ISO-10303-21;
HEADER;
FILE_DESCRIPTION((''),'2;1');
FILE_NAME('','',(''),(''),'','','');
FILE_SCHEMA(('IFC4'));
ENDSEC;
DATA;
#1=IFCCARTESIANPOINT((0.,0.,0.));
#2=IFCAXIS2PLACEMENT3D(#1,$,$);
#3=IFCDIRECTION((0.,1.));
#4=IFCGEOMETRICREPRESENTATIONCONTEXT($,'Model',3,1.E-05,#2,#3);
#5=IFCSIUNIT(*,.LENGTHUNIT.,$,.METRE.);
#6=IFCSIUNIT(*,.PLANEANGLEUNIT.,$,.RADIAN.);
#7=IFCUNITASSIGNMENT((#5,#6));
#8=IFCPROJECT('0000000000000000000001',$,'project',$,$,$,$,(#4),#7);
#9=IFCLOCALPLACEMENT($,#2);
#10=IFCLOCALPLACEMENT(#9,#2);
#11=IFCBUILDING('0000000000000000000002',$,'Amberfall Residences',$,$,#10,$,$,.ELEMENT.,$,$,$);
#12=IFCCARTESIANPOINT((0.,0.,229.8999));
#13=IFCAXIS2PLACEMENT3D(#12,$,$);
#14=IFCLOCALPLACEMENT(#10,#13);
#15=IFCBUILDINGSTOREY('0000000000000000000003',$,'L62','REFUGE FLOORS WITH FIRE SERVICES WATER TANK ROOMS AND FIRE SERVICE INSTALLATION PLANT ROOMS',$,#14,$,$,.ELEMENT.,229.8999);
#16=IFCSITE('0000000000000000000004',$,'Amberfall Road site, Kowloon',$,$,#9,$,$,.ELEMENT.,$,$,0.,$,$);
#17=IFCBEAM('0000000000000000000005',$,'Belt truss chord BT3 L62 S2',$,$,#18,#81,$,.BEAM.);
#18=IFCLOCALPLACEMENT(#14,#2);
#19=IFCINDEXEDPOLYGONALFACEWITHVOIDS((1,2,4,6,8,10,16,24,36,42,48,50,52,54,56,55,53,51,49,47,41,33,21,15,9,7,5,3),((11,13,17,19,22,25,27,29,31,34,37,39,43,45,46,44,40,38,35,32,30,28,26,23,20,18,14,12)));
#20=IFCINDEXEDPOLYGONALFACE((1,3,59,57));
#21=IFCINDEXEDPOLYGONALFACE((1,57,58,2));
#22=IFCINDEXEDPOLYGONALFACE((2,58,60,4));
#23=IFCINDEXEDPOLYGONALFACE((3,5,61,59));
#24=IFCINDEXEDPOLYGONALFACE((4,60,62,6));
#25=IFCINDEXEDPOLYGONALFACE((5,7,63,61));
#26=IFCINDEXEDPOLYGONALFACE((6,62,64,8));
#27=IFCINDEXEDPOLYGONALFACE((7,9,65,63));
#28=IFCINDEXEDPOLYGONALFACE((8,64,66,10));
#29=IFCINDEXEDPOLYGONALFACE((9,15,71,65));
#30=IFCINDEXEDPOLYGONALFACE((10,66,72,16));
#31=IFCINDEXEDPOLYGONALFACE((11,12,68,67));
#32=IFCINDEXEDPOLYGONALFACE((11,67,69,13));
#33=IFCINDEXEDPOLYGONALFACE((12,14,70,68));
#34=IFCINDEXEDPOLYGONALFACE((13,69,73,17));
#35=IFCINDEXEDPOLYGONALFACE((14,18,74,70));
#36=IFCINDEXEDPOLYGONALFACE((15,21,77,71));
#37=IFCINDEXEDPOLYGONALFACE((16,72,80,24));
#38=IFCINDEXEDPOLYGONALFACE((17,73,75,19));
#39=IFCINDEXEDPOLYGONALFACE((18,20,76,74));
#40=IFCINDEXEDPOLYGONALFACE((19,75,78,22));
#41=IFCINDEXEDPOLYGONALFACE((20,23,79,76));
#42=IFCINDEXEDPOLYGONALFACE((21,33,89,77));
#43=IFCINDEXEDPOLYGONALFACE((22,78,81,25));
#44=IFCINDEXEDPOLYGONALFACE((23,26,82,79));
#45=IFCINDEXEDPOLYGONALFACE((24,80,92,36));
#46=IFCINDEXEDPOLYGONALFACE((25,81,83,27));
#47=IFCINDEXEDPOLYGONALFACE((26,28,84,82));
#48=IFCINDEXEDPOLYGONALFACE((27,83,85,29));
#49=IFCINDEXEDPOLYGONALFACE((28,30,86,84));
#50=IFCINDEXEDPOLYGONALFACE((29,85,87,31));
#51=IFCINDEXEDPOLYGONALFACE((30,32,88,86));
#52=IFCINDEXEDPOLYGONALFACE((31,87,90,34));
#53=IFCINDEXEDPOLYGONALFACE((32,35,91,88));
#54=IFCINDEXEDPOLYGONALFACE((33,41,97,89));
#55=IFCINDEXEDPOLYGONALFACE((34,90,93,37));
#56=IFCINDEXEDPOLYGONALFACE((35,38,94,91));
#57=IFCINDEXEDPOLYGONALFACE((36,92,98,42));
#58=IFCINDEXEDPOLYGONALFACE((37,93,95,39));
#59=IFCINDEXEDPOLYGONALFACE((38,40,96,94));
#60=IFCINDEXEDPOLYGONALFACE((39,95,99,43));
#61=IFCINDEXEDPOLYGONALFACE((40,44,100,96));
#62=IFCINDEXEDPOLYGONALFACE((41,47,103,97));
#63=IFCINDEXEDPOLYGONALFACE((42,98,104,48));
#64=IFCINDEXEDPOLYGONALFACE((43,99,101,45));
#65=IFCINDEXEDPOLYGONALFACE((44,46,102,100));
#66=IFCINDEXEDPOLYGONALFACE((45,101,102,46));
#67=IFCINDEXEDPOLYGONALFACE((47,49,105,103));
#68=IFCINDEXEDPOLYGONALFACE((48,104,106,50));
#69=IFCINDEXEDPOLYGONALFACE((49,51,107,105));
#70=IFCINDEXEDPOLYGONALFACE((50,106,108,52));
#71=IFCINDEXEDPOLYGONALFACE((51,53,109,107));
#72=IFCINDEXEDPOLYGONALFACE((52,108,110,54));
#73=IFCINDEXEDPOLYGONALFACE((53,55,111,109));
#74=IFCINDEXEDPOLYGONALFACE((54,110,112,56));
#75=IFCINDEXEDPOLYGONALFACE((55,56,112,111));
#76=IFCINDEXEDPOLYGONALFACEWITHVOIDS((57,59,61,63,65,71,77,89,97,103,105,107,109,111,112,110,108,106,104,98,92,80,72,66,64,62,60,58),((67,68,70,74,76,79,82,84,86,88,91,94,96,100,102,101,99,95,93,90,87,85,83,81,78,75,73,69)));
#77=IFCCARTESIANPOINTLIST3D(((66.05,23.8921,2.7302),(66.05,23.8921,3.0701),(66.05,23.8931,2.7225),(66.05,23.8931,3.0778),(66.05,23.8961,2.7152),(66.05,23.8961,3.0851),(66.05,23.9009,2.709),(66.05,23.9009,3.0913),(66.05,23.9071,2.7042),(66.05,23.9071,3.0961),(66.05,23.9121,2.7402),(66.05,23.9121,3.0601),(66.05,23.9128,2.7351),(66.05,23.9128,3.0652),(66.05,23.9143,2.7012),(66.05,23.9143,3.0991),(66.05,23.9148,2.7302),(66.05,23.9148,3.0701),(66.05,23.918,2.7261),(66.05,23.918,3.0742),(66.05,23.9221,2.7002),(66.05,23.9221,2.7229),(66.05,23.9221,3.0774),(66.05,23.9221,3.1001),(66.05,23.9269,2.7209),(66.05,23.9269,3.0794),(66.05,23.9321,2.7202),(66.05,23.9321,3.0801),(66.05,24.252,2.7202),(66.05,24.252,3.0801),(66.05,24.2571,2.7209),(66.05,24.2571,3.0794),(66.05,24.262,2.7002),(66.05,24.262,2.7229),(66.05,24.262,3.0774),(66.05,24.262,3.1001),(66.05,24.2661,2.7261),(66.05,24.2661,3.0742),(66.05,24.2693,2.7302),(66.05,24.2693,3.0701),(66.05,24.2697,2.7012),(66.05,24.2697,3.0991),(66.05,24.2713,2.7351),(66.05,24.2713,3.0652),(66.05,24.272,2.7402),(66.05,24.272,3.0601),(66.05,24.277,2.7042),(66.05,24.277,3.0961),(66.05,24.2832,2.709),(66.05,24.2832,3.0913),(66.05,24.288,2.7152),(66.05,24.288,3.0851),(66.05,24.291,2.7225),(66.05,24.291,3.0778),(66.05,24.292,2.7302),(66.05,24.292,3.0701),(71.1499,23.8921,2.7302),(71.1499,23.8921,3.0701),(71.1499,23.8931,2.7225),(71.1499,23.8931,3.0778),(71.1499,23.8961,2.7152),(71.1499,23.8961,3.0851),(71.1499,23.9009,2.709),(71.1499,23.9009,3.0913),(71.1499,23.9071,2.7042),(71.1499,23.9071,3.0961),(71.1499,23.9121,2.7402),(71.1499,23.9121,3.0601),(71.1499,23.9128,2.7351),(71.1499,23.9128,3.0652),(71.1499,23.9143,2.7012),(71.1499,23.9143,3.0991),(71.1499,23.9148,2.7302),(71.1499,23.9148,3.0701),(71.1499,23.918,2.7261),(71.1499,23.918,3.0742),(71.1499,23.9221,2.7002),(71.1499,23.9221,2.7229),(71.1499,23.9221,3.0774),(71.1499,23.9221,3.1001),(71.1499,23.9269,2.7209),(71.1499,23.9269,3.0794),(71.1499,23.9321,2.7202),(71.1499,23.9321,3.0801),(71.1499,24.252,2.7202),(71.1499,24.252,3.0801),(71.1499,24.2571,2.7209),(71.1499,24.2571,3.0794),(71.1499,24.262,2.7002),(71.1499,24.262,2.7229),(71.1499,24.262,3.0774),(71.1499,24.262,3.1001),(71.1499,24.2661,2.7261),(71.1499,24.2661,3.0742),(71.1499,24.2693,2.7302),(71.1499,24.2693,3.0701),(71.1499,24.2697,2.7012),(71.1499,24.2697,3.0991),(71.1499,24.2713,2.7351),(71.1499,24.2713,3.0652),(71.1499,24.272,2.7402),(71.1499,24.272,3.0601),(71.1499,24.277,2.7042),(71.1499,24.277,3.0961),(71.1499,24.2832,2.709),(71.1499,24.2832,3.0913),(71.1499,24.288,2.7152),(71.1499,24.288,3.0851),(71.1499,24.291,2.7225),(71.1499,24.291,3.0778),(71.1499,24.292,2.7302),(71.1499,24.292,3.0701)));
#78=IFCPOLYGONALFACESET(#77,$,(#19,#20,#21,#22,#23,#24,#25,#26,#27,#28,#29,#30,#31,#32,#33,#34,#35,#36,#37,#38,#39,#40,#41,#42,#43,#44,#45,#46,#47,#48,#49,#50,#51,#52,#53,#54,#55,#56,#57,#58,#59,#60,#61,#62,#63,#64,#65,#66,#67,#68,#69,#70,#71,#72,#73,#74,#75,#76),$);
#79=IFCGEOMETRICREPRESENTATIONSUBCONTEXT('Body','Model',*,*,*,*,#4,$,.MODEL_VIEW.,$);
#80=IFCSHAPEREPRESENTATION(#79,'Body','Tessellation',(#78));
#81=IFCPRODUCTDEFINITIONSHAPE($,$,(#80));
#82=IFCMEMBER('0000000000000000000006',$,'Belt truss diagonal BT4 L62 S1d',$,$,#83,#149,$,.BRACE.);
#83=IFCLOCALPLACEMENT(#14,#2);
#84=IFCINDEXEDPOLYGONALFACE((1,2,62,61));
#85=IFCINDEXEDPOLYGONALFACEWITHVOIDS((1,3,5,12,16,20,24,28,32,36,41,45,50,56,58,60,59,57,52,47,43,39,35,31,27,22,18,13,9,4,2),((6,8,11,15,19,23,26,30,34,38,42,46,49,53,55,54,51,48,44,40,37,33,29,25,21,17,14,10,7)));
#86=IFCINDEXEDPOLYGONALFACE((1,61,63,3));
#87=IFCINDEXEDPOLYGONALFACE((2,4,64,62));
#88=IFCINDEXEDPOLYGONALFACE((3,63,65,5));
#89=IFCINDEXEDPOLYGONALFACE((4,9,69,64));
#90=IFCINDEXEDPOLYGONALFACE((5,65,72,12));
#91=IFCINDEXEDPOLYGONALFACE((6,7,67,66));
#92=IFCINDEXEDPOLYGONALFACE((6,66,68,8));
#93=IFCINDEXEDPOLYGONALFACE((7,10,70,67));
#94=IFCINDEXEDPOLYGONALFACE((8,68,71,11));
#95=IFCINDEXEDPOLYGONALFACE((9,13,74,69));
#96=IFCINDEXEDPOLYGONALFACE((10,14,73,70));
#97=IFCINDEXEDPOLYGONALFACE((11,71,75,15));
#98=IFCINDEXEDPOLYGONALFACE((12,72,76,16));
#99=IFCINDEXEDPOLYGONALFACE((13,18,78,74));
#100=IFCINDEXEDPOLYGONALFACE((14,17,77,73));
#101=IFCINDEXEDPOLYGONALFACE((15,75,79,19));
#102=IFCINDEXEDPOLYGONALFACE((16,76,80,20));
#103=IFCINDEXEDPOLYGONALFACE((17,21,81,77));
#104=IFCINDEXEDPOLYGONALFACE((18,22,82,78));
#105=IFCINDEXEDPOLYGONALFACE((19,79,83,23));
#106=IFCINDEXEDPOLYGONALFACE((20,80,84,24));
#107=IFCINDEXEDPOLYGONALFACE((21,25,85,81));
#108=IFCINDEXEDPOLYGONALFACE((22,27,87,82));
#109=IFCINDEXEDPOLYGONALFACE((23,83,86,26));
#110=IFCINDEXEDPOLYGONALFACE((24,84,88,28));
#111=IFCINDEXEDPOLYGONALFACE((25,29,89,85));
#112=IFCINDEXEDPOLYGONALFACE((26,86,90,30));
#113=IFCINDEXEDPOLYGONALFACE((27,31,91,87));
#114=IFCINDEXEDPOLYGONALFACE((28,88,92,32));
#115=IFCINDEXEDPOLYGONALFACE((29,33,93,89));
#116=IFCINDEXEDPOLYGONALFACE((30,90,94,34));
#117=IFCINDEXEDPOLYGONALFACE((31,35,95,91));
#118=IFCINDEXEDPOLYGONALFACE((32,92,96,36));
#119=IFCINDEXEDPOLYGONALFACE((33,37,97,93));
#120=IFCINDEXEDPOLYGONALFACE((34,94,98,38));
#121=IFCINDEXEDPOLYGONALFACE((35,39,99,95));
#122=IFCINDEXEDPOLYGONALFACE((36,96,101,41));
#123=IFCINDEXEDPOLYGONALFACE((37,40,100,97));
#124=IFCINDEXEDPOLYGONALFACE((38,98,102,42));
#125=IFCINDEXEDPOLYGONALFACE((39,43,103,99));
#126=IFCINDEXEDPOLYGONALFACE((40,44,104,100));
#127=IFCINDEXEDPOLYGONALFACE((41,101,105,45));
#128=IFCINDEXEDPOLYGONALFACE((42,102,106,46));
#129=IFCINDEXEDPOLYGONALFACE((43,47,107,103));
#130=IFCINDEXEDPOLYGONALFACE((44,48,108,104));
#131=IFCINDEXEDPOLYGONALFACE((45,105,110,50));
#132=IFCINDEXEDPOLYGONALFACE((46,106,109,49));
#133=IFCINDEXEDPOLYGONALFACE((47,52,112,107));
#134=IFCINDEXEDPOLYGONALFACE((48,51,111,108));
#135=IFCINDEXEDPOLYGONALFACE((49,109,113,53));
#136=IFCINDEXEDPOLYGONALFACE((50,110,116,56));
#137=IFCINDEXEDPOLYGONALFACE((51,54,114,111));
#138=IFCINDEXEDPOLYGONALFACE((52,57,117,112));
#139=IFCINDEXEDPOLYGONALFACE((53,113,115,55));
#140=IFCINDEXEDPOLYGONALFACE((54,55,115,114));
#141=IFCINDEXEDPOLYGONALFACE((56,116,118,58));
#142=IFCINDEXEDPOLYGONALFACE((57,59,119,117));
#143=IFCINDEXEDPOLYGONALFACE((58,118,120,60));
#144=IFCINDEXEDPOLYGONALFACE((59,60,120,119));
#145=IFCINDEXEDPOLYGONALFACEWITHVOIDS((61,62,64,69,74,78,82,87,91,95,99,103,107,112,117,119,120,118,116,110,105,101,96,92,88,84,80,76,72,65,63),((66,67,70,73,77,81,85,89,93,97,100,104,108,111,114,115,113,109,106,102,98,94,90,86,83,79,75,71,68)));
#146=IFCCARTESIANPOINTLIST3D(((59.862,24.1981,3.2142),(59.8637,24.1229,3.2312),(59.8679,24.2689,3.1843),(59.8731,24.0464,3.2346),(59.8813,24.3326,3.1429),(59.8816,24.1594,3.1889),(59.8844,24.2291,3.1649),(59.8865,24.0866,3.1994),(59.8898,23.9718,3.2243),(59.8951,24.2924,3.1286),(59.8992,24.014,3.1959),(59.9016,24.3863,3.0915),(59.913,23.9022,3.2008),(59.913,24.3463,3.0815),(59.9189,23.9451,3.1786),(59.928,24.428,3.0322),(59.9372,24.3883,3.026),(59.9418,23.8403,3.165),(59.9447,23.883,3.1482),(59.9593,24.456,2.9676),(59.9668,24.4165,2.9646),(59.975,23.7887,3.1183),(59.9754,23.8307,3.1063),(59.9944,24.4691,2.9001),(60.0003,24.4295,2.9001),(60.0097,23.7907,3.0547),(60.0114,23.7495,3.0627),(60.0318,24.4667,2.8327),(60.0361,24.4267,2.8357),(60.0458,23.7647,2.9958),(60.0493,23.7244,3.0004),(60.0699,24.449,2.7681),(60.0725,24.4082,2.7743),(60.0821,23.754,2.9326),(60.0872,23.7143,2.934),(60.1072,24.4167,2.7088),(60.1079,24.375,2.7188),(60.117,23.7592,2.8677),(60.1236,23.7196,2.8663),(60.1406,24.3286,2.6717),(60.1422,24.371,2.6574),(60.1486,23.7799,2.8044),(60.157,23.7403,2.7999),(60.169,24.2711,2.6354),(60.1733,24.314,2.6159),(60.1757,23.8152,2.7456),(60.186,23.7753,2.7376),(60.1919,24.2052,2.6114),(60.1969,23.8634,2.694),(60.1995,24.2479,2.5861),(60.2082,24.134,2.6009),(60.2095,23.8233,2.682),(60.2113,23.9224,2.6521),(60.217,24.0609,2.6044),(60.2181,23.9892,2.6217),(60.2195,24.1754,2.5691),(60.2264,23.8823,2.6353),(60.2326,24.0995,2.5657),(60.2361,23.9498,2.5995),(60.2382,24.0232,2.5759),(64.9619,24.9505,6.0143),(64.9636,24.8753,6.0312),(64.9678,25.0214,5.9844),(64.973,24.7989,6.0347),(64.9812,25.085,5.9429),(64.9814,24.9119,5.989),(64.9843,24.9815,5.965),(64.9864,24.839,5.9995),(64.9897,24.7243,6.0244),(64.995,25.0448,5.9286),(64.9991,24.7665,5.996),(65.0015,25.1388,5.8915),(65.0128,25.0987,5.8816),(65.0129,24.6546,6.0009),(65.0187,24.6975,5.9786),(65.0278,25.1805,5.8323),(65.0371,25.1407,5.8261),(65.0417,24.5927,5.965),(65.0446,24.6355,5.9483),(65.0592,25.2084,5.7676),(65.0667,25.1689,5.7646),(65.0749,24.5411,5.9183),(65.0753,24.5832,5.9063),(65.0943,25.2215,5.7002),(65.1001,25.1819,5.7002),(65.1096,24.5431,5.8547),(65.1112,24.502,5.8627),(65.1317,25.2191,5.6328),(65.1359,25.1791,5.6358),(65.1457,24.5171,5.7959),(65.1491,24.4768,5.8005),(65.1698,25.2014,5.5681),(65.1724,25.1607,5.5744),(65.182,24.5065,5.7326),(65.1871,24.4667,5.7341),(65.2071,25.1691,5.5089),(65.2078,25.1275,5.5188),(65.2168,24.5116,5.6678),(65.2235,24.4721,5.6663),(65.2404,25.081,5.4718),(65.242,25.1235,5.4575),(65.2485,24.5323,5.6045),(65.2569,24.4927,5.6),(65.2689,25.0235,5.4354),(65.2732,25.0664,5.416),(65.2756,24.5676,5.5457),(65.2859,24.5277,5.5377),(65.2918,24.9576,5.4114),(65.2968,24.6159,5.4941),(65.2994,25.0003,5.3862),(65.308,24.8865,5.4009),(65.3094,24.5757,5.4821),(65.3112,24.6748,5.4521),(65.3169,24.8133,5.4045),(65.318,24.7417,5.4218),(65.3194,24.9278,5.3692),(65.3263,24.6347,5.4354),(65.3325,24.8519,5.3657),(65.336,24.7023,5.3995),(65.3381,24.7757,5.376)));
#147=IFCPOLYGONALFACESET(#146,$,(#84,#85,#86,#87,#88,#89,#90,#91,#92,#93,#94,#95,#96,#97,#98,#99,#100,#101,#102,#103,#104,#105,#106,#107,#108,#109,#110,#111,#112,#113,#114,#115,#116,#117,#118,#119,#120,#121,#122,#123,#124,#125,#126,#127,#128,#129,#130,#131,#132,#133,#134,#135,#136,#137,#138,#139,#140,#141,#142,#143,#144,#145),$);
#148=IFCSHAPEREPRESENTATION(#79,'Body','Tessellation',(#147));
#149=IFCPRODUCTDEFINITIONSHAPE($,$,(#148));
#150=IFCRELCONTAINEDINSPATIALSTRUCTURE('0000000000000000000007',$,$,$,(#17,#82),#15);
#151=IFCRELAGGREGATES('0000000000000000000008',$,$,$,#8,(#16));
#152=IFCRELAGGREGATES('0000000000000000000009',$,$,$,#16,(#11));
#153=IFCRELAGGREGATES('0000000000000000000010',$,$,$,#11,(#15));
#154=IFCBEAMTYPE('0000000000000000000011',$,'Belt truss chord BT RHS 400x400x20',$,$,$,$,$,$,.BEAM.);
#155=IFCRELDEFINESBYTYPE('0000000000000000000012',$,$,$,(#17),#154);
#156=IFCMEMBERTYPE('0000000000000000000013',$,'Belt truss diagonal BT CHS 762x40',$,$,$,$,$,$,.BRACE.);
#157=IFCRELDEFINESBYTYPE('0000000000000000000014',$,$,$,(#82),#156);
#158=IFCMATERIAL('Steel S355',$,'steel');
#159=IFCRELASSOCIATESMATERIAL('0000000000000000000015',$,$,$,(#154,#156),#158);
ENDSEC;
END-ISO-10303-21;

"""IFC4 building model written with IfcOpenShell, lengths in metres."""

from ifc_helpers import new_model, si_unit, direction, frame, origin, origin_2d, place, context, subcontext, project, spatial, hollow_rectangle, hollow_circle, extrude, material, material_profile, profile_set, type_object, element, save


model = new_model("IFC4")

# Units and contexts
model_context = context("Model", 3, precision=1e-05, world=origin(), true_north=direction((0.0, 1.0)))
body_context = subcontext(model_context, "Body", "Model", "MODEL_VIEW")
ifc_project = project(units=[si_unit("LENGTHUNIT", "METRE"), si_unit("PLANEANGLEUNIT", "RADIAN")], contexts=[model_context])

# Site, building, storey
site_placement = place(None, origin())
site = spatial("IfcSite", under=ifc_project, at=site_placement, Name="Amberfall Road site, Kowloon", CompositionType="ELEMENT", RefElevation=0.0)
building_placement = place(site_placement, origin())
building = spatial("IfcBuilding", under=site, at=building_placement, Name="Amberfall Residences", CompositionType="ELEMENT")
storey_placement = place(building_placement, frame((0.0, 0.0, 229.8999)))
storey = spatial("IfcBuildingStorey", under=building, at=storey_placement, Name="L62", Description="REFUGE FLOORS WITH FIRE SERVICES WATER TANK ROOMS AND FIRE SERVICE INSTALLATION PLANT ROOMS", CompositionType="ELEMENT", Elevation=229.8999)

# Beam
ifc_material_1 = material(Name="Steel S355", Category="steel")
ifc_material_profile_1 = material_profile(ifc_material_1, hollow_rectangle(XDim=0.3999, YDim=0.3999, WallThickness=0.02, InnerFilletRadius=0.02, OuterFilletRadius=0.03, at=origin_2d()), Name="RHS 400x400x20")
ifc_profile_set_1 = profile_set([ifc_material_profile_1], Name="Steel S355")
beam_type_1 = type_object("IfcBeamType", Name="Belt truss chord BT RHS 400x400x20", PredefinedType="BEAM", material=ifc_profile_set_1)
for number, where, z_axis, x_axis, name in (
    (1, (66.05, 24.092, 2.9001), (1.0, 0.0, 0.0), (0.0, 1.0, 0.0), "Belt truss chord BT3 L62 S2"),
):
    element("IfcBeam", number, at=place(storey_placement, frame(where, z_axis=z_axis, x_axis=x_axis)), inside=storey, type_object=beam_type_1, Name=name, PredefinedType="BEAM", context=body_context, shape_type="SweptSolid", body=[
        extrude(hollow_rectangle(XDim=0.3999, YDim=0.3999, WallThickness=0.02, InnerFilletRadius=0.02, OuterFilletRadius=0.03, at=origin_2d()), origin(), (0.0, 0.0, 1.0), 5.0999),
    ])

# Member
ifc_material_profile_2 = material_profile(ifc_material_1, hollow_circle(Radius=0.3811, WallThickness=0.04, at=origin_2d()), Name="CHS 762x40")
ifc_profile_set_2 = profile_set([ifc_material_profile_2], Name="Steel S355")
member_type = type_object("IfcMemberType", Name="Belt truss diagonal BT CHS 762x40", PredefinedType="BRACE", material=ifc_profile_set_2)
member_1_placement = place(storey_placement, frame((60.05, 24.092, 2.9001), z_axis=(0.869329, 0.128262, 0.477301), x_axis=(-0.145962, 0.98929, 0.0)))
element("IfcMember", 2, at=member_1_placement, inside=storey, type_object=member_type, Name="Belt truss diagonal BT4 L62 S1d", PredefinedType="BRACE", context=body_context, shape_type="SweptSolid", body=[
    extrude(hollow_circle(Radius=0.3811, WallThickness=0.04, at=origin_2d()), origin(), (0.0, 0.0, 1.0), 5.8665),
])

save(model, "model.ifc")
